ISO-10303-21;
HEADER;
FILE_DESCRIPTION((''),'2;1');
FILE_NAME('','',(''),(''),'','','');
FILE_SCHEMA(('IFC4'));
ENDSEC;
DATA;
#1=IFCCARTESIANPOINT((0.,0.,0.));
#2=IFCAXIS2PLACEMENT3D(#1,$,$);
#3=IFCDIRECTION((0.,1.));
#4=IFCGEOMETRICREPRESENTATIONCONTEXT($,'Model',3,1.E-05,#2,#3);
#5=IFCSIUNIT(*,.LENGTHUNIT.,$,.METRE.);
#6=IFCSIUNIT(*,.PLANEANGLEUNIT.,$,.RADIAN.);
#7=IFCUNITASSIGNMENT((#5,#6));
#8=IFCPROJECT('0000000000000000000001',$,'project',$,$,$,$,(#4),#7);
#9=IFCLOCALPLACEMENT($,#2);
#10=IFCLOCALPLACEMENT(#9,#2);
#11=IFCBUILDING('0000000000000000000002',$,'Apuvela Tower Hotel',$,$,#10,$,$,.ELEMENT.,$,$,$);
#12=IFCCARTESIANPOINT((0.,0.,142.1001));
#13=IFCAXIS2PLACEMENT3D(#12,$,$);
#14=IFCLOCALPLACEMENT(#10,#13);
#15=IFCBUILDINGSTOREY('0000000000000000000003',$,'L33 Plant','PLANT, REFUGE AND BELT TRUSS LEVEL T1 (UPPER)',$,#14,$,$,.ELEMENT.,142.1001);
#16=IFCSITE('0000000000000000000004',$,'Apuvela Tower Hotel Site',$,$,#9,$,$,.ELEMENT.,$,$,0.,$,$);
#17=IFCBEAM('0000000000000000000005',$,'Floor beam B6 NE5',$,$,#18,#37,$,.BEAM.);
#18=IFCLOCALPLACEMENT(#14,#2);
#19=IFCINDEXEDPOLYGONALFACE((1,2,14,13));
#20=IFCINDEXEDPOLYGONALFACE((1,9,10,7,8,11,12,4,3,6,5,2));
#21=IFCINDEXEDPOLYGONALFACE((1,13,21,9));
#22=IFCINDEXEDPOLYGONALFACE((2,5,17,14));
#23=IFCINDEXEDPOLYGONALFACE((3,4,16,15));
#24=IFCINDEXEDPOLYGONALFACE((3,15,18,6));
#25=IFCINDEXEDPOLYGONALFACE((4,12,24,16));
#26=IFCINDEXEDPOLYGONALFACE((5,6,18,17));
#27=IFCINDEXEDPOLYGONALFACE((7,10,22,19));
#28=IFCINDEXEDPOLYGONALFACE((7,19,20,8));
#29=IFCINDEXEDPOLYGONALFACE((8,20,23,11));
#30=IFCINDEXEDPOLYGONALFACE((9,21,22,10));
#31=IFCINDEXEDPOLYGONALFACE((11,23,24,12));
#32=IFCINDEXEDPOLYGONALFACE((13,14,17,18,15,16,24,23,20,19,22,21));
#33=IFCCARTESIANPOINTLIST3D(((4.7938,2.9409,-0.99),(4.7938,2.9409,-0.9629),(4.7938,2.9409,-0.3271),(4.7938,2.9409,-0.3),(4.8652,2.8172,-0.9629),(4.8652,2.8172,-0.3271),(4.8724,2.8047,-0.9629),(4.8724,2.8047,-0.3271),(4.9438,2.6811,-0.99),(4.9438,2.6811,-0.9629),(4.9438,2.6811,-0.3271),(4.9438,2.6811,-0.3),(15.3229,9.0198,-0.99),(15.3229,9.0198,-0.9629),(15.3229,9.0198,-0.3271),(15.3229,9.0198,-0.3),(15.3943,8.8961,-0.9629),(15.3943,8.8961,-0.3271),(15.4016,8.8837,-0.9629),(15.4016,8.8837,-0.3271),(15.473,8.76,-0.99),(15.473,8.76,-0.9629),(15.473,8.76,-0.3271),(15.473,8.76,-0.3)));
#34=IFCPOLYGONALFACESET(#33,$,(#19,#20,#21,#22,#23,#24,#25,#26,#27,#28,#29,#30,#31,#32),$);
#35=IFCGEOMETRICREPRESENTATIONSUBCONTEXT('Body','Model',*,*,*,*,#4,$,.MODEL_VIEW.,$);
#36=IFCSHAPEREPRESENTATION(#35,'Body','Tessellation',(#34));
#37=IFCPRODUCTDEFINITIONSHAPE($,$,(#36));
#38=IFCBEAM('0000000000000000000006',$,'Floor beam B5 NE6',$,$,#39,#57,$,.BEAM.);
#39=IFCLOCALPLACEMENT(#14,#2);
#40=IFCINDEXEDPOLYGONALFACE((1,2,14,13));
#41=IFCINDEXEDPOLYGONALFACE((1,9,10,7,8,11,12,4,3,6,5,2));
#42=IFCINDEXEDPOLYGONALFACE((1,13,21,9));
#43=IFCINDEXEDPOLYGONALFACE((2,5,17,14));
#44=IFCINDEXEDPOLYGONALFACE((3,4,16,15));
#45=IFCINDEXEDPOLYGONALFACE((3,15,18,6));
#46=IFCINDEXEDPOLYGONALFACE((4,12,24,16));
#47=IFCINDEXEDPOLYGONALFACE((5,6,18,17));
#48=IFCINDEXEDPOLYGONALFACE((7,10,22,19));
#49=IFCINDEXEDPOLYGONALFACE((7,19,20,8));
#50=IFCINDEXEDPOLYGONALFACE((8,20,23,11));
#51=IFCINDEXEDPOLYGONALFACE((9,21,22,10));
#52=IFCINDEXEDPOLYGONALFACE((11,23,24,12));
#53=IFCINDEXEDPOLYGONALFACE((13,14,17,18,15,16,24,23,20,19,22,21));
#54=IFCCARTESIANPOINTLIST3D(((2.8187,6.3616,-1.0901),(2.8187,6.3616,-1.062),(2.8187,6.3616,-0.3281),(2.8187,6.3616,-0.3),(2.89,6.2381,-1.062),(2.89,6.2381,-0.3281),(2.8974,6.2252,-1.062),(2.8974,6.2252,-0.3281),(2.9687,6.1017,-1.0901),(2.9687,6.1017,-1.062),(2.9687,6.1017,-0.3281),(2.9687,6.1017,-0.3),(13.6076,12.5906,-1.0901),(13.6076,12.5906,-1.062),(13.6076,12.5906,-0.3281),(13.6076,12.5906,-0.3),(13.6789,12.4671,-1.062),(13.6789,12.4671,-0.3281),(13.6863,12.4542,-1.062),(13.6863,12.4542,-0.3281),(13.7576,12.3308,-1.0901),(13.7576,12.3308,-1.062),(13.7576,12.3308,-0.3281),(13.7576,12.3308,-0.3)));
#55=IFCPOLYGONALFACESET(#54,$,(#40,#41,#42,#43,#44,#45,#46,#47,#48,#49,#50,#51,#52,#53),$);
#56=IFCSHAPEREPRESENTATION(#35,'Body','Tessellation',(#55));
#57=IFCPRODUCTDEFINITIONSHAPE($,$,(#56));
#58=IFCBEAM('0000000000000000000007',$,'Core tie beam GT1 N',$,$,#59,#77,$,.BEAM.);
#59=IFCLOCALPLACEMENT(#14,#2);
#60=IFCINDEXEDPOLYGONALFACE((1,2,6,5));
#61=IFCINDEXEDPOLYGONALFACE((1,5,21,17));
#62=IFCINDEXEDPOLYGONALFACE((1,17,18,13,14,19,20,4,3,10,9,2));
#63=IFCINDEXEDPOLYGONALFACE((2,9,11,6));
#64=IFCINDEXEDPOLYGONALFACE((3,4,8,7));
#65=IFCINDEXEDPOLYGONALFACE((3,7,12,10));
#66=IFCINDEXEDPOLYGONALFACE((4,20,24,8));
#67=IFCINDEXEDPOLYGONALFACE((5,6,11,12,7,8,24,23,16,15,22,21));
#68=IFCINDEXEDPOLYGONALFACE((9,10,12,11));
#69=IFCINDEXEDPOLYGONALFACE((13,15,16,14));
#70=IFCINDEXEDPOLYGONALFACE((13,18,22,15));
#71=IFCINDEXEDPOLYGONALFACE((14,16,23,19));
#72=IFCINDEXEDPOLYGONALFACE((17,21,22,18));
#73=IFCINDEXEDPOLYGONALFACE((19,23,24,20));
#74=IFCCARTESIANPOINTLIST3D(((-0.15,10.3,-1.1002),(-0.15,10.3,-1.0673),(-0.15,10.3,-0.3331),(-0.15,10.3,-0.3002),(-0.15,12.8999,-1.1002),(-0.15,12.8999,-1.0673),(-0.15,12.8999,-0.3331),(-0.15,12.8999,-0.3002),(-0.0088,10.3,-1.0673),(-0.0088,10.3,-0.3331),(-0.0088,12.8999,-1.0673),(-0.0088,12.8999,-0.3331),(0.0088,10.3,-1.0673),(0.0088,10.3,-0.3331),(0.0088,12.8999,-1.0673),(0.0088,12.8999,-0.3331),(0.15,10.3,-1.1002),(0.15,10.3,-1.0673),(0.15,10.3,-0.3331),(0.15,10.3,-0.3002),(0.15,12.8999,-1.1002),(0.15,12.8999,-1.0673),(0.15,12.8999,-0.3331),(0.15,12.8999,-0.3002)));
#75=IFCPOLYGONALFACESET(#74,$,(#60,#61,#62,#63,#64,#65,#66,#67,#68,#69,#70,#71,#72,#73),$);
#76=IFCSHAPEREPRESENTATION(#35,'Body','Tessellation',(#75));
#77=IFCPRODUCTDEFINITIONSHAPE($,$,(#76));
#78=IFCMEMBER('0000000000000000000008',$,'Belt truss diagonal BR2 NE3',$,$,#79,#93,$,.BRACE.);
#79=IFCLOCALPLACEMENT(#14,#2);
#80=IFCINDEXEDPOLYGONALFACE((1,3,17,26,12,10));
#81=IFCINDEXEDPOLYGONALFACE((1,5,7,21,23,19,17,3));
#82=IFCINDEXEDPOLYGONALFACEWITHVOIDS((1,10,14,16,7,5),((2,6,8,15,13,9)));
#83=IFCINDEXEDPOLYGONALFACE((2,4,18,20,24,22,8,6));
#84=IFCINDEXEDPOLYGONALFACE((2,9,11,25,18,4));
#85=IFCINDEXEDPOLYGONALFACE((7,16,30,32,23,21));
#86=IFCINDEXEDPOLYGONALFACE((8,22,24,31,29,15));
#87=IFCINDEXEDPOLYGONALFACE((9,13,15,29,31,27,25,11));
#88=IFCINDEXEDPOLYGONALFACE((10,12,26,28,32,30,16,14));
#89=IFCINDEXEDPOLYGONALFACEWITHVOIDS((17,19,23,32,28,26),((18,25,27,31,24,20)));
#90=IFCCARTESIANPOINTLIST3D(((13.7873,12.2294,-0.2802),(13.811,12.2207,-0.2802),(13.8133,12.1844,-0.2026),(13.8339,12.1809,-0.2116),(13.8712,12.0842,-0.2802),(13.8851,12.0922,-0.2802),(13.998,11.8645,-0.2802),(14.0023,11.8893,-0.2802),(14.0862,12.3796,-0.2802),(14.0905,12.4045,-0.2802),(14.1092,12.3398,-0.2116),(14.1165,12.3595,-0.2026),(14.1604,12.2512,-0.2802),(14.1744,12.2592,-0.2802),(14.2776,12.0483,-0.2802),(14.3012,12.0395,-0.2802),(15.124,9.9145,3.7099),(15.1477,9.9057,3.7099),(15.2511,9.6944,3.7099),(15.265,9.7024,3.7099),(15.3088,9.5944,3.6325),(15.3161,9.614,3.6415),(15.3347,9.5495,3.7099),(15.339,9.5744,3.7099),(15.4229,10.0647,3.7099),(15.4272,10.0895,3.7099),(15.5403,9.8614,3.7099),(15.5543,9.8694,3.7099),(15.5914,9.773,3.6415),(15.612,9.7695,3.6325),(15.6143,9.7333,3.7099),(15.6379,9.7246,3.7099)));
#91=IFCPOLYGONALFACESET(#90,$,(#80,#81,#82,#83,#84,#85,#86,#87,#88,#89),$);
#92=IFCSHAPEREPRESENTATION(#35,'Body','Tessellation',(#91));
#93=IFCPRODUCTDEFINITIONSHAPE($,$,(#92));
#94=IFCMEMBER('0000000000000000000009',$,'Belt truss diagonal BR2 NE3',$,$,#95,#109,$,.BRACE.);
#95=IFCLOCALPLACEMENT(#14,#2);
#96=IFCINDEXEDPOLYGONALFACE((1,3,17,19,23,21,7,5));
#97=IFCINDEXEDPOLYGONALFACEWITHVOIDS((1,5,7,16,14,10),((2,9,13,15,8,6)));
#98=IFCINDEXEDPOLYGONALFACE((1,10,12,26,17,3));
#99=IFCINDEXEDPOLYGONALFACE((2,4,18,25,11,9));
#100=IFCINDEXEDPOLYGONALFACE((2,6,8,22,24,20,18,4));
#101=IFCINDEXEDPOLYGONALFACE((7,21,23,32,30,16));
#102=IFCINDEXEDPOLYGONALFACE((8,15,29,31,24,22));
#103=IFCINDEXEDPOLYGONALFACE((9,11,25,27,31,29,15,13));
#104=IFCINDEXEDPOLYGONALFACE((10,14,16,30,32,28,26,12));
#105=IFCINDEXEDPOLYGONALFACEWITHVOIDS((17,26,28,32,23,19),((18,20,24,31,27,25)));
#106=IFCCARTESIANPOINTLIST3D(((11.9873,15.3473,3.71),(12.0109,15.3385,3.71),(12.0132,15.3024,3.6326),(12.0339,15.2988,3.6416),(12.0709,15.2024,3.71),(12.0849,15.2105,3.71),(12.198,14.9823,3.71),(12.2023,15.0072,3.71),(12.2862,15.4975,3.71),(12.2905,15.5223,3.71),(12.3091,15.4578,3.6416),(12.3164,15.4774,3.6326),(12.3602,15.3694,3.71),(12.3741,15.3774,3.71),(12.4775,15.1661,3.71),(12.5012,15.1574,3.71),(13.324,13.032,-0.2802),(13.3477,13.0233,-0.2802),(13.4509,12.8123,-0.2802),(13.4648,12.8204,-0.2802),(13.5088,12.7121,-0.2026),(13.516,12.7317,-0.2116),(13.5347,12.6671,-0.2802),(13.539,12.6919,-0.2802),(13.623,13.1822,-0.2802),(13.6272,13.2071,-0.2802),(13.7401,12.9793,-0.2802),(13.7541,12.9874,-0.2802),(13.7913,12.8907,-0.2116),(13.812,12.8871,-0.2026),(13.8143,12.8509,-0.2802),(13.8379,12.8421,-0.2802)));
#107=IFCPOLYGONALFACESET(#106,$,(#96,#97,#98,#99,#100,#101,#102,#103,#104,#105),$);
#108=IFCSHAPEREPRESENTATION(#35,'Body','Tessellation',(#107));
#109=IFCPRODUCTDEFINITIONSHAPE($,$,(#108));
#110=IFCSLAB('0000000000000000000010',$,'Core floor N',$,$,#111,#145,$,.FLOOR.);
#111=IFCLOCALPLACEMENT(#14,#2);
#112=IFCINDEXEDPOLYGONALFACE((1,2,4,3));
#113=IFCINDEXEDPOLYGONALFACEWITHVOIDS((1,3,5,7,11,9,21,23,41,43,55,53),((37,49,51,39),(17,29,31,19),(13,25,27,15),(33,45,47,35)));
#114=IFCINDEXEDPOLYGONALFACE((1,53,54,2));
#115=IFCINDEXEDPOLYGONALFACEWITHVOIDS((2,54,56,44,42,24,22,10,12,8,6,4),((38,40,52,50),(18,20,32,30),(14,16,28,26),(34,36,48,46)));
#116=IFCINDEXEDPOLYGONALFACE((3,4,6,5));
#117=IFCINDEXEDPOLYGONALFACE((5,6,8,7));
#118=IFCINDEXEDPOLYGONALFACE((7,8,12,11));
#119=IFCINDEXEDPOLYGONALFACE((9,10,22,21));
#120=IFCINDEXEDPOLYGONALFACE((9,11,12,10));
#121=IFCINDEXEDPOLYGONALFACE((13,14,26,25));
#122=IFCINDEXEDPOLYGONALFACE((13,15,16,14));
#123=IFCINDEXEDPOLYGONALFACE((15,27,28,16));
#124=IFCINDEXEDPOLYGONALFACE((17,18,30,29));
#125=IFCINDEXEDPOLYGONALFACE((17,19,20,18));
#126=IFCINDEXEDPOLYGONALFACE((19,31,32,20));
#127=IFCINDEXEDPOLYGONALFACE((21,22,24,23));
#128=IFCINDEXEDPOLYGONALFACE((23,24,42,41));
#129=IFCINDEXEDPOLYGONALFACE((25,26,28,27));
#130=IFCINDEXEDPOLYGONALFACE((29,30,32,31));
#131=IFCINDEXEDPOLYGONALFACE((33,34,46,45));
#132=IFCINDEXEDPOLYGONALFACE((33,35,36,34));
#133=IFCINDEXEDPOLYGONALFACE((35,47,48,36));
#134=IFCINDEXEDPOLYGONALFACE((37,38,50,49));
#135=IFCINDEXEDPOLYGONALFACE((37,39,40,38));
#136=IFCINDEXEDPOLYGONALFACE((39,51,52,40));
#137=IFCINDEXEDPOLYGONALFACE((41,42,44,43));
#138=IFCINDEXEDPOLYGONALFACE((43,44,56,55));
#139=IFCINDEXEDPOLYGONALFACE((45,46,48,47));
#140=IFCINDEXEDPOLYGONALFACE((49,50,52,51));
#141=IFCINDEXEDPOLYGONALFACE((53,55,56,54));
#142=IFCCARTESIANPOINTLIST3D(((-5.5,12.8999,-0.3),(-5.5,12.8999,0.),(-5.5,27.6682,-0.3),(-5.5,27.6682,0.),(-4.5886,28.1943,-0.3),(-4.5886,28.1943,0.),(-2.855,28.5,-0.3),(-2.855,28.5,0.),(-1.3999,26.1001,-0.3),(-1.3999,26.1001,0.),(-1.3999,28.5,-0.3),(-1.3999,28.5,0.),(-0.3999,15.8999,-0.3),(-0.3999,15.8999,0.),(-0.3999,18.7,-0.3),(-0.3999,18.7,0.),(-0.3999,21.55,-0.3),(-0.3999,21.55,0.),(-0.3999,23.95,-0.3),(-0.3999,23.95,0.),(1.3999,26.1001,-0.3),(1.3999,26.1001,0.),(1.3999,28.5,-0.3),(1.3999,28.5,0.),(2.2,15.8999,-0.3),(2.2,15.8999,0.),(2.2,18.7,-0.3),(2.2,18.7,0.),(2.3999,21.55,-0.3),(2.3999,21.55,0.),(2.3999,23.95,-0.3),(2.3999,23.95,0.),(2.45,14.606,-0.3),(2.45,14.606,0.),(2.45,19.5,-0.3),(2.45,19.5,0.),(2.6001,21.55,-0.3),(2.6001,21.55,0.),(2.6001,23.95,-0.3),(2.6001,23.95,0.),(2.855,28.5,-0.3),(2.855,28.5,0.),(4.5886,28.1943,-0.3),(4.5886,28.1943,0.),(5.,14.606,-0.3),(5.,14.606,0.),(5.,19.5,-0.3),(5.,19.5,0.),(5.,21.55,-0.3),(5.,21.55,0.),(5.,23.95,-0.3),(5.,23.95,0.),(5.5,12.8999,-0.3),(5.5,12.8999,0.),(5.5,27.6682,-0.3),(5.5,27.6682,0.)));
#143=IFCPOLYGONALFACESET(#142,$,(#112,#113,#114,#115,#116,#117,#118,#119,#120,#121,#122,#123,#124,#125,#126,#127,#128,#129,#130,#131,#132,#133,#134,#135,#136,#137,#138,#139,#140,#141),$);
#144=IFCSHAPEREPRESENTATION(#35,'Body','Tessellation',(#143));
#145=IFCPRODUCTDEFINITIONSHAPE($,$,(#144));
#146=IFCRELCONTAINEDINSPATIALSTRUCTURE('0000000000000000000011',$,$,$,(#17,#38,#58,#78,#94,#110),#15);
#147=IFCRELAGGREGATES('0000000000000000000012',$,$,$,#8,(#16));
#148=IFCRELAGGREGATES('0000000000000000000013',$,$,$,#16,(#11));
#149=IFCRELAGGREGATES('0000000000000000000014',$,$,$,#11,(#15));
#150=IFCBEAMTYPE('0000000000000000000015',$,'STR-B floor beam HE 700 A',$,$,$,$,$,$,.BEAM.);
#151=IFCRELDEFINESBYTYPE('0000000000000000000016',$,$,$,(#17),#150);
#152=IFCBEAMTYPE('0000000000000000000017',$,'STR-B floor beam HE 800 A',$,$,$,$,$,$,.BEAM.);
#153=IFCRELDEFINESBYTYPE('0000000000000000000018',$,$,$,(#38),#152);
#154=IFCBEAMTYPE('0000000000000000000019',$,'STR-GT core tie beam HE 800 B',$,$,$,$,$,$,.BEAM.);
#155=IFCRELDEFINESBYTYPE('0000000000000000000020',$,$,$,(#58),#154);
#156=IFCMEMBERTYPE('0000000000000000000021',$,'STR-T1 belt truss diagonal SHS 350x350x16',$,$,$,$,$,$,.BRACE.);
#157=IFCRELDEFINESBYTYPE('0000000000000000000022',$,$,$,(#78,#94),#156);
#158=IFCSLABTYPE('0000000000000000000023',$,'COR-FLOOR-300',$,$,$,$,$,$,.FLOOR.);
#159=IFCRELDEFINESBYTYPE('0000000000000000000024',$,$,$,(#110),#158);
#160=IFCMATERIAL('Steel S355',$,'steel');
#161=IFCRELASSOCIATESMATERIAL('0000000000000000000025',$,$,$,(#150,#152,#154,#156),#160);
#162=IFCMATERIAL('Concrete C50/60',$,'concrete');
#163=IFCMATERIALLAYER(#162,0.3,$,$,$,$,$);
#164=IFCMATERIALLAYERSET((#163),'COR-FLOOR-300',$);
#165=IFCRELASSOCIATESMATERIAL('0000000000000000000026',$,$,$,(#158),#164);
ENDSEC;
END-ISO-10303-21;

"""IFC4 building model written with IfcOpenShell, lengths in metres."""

from ifc_helpers import new_model, si_unit, direction, frame, origin, origin_2d, place, context, subcontext, project, spatial, polyline, hollow_rectangle, i_section, outline, extrude, boolean, halfspace, material, layer, layer_set, material_profile, profile_set, type_object, element, save


model = new_model("IFC4")

# Units and contexts
model_context = context("Model", 3, precision=1e-05, world=origin(), true_north=direction((0.0, 1.0)))
body_context = subcontext(model_context, "Body", "Model", "MODEL_VIEW")
ifc_project = project(units=[si_unit("LENGTHUNIT", "METRE"), si_unit("PLANEANGLEUNIT", "RADIAN")], contexts=[model_context])

# Site, building, storey
site_placement = place(None, origin())
site = spatial("IfcSite", under=ifc_project, at=site_placement, Name="Apuvela Tower Hotel Site", CompositionType="ELEMENT", RefElevation=0.0)
building_placement = place(site_placement, origin())
building = spatial("IfcBuilding", under=site, at=building_placement, Name="Apuvela Tower Hotel", CompositionType="ELEMENT")
storey_placement = place(building_placement, frame((0.0, 0.0, 142.1001)))
storey = spatial("IfcBuildingStorey", under=building, at=storey_placement, Name="L33 Plant", Description="PLANT, REFUGE AND BELT TRUSS LEVEL T1 (UPPER)", CompositionType="ELEMENT", Elevation=142.1001)

# Beams
ifc_material_1 = material(Name="Steel S355", Category="steel")
ifc_material_profile_1 = material_profile(ifc_material_1, i_section(OverallWidth=0.3, OverallDepth=0.6899, WebThickness=0.0144, FlangeThickness=0.0271, at=origin_2d()), Name="HE 700 A")
ifc_profile_set_1 = profile_set([ifc_material_profile_1], Name="Steel S355")
beam_type_1 = type_object("IfcBeamType", Name="STR-B floor beam HE 700 A", PredefinedType="BEAM", material=ifc_profile_set_1)
beam_1_placement = place(storey_placement, frame((15.3979, 8.8899, -0.645), z_axis=(-0.866029, -0.499994, 0.0), x_axis=(0.499994, -0.866029, 0.0)))
element("IfcBeam", 1, at=beam_1_placement, inside=storey, type_object=beam_type_1, Name="Floor beam B6 NE5", PredefinedType="BEAM", context=body_context, shape_type="SweptSolid", body=[
    extrude(i_section(OverallWidth=0.3, OverallDepth=0.6899, WebThickness=0.0144, FlangeThickness=0.0271, at=origin_2d()), origin(), (0.0, 0.0, 1.0), 12.158),
])
ifc_material_profile_2 = material_profile(ifc_material_1, i_section(OverallWidth=0.3, OverallDepth=0.79, WebThickness=0.0149, FlangeThickness=0.0281, at=origin_2d()), Name="HE 800 A")
ifc_profile_set_2 = profile_set([ifc_material_profile_2], Name="Steel S355")
beam_type_2 = type_object("IfcBeamType", Name="STR-B floor beam HE 800 A", PredefinedType="BEAM", material=ifc_profile_set_2)
beam_2_placement = place(storey_placement, frame((13.6826, 12.4607, -0.6951), z_axis=(-0.866023, -0.500005, 0.0), x_axis=(0.500005, -0.866023, 0.0)))
element("IfcBeam", 2, at=beam_2_placement, inside=storey, type_object=beam_type_2, Name="Floor beam B5 NE6", PredefinedType="BEAM", context=body_context, shape_type="SweptSolid", body=[
    extrude(i_section(OverallWidth=0.3, OverallDepth=0.79, WebThickness=0.0149, FlangeThickness=0.0281, at=origin_2d()), origin(), (0.0, 0.0, 1.0), 12.458),
])
ifc_material_profile_3 = material_profile(ifc_material_1, i_section(OverallWidth=0.3, OverallDepth=0.8, WebThickness=0.0176, FlangeThickness=0.033, at=origin_2d()), Name="HE 800 B")
ifc_profile_set_3 = profile_set([ifc_material_profile_3], Name="Steel S355")
beam_type_3 = type_object("IfcBeamType", Name="STR-GT core tie beam HE 800 B", PredefinedType="BEAM", material=ifc_profile_set_3)
beam_3_placement = place(storey_placement, frame((0.0, 12.8999, -0.7002), z_axis=(0.0, -1.0, 0.0), x_axis=(1.0, 0.0, 0.0)))
element("IfcBeam", 3, at=beam_3_placement, inside=storey, type_object=beam_type_3, Name="Core tie beam GT1 N", PredefinedType="BEAM", context=body_context, shape_type="SweptSolid", body=[
    extrude(i_section(OverallWidth=0.3, OverallDepth=0.8, WebThickness=0.0176, FlangeThickness=0.033, at=origin_2d()), origin(), (0.0, 0.0, 1.0), 2.5999),
])

# Members
ifc_material_profile_4 = material_profile(ifc_material_1, hollow_rectangle(XDim=0.3501, YDim=0.3501, WallThickness=0.0161, at=origin_2d()), Name="SHS 350x350x16")
ifc_profile_set_4 = profile_set([ifc_material_profile_4], Name="Steel S355")
member_type = type_object("IfcMemberType", Name="STR-T1 belt truss diagonal SHS 350x350x16", PredefinedType="BRACE", material=ifc_profile_set_4)
member_1_placement = place(storey_placement, frame((14.0376, 12.146, -0.3), z_axis=(0.278322, -0.482005, 0.830788), x_axis=(-0.415434, 0.71946, 0.556589)))
solid_1 = boolean("DIFFERENCE", boolean("DIFFERENCE", extrude(hollow_rectangle(XDim=0.3501, YDim=0.3501, WallThickness=0.0161, at=origin_2d()), frame((0.0, 0.0, -0.2373)), (0.0, 0.0, 1.0), 5.3252), halfspace(frame((0.0, 0.0, 0.0239), z_axis=(0.556589, 0.0, 0.830788), x_axis=(0.830788, 0.0, -0.556589)), True)), halfspace(frame((0.0, 0.0, 4.8267), z_axis=(0.556589, 0.0, 0.830788), x_axis=(0.830788, 0.0, -0.556589)), False))
element("IfcMember", 4, at=member_1_placement, inside=storey, type_object=member_type, Name="Belt truss diagonal BR2 NE3", PredefinedType="BRACE", context=body_context, shape_type="SweptSolid", body=[
    boolean("UNION", boolean("DIFFERENCE", boolean("DIFFERENCE", extrude(hollow_rectangle(XDim=0.3501, YDim=0.3501, WallThickness=0.0161, at=origin_2d()), origin(), (0.0, 0.0, 1.0), 4.8508), halfspace(frame((0.0, 0.0, 0.0239), z_axis=(0.556589, 0.0, 0.830788), x_axis=(0.830788, 0.0, -0.556589)), True)), halfspace(frame((0.0, 0.0, 4.8267), z_axis=(0.556589, 0.0, 0.830788), x_axis=(0.830788, 0.0, -0.556589)), False)), solid_1),
])
member_2_placement = place(storey_placement, frame((13.5876, 12.9255, -0.3), z_axis=(-0.278315, 0.482044, 0.830768), x_axis=(0.415392, -0.719461, 0.556619)))
solid_2 = boolean("DIFFERENCE", boolean("DIFFERENCE", extrude(hollow_rectangle(XDim=0.3501, YDim=0.3501, WallThickness=0.0161, at=origin_2d()), frame((0.0, 0.0, -0.2373)), (0.0, 0.0, 1.0), 5.3254), halfspace(frame((0.0, 0.0, 0.0239), z_axis=(0.556619, 0.0, 0.830768), x_axis=(0.830768, 0.0, -0.556619)), True)), halfspace(frame((0.0, 0.0, 4.8269), z_axis=(0.556619, 0.0, 0.830768), x_axis=(0.830768, 0.0, -0.556619)), False))
element("IfcMember", 5, at=member_2_placement, inside=storey, type_object=member_type, Name="Belt truss diagonal BR2 NE3", PredefinedType="BRACE", context=body_context, shape_type="SweptSolid", body=[
    boolean("UNION", boolean("DIFFERENCE", boolean("DIFFERENCE", extrude(hollow_rectangle(XDim=0.3501, YDim=0.3501, WallThickness=0.0161, at=origin_2d()), origin(), (0.0, 0.0, 1.0), 4.8511), halfspace(frame((0.0, 0.0, 0.0239), z_axis=(0.556619, 0.0, 0.830768), x_axis=(0.830768, 0.0, -0.556619)), True)), halfspace(frame((0.0, 0.0, 4.8269), z_axis=(0.556619, 0.0, 0.830768), x_axis=(0.830768, 0.0, -0.556619)), False)), solid_2),
])

# Slab
ifc_material_2 = material(Name="Concrete C50/60", Category="concrete")
ifc_layer_1 = layer(ifc_material_2, 0.3)
ifc_layer_set_1 = layer_set([ifc_layer_1], Name="COR-FLOOR-300")
slab_type_1 = type_object("IfcSlabType", Name="COR-FLOOR-300", PredefinedType="FLOOR", material=ifc_layer_set_1)
slab_1_placement = place(storey_placement, frame((0.0, 0.0, -0.3)))
element("IfcSlab", 6, at=slab_1_placement, inside=storey, type_object=slab_type_1, Name="Core floor N", PredefinedType="FLOOR", context=body_context, shape_type="SweptSolid", body=[
    extrude(outline(polyline([(5.5, 27.6682), (4.5886, 28.1943), (2.855, 28.5), (1.3999, 28.5), (1.3999, 26.1001), (-1.3999, 26.1001), (-1.3999, 28.5), (-2.855, 28.5), (-4.5886, 28.1943), (-5.5, 27.6682), (-5.5, 12.8999), (5.5, 12.8999), (5.5, 27.6682)]), holes=[polyline([(5.0, 14.606), (2.45, 14.606), (2.45, 19.5), (5.0, 19.5), (5.0, 14.606)]), polyline([(2.2, 15.8999), (-0.3999, 15.8999), (-0.3999, 18.7), (2.2, 18.7), (2.2, 15.8999)]), polyline([(5.0, 21.55), (2.6001, 21.55), (2.6001, 23.95), (5.0, 23.95), (5.0, 21.55)]), polyline([(2.3999, 21.55), (-0.3999, 21.55), (-0.3999, 23.95), (2.3999, 23.95), (2.3999, 21.55)])]), origin(), (0.0, 0.0, 1.0), 0.3),
])

save(model, "model.ifc")
